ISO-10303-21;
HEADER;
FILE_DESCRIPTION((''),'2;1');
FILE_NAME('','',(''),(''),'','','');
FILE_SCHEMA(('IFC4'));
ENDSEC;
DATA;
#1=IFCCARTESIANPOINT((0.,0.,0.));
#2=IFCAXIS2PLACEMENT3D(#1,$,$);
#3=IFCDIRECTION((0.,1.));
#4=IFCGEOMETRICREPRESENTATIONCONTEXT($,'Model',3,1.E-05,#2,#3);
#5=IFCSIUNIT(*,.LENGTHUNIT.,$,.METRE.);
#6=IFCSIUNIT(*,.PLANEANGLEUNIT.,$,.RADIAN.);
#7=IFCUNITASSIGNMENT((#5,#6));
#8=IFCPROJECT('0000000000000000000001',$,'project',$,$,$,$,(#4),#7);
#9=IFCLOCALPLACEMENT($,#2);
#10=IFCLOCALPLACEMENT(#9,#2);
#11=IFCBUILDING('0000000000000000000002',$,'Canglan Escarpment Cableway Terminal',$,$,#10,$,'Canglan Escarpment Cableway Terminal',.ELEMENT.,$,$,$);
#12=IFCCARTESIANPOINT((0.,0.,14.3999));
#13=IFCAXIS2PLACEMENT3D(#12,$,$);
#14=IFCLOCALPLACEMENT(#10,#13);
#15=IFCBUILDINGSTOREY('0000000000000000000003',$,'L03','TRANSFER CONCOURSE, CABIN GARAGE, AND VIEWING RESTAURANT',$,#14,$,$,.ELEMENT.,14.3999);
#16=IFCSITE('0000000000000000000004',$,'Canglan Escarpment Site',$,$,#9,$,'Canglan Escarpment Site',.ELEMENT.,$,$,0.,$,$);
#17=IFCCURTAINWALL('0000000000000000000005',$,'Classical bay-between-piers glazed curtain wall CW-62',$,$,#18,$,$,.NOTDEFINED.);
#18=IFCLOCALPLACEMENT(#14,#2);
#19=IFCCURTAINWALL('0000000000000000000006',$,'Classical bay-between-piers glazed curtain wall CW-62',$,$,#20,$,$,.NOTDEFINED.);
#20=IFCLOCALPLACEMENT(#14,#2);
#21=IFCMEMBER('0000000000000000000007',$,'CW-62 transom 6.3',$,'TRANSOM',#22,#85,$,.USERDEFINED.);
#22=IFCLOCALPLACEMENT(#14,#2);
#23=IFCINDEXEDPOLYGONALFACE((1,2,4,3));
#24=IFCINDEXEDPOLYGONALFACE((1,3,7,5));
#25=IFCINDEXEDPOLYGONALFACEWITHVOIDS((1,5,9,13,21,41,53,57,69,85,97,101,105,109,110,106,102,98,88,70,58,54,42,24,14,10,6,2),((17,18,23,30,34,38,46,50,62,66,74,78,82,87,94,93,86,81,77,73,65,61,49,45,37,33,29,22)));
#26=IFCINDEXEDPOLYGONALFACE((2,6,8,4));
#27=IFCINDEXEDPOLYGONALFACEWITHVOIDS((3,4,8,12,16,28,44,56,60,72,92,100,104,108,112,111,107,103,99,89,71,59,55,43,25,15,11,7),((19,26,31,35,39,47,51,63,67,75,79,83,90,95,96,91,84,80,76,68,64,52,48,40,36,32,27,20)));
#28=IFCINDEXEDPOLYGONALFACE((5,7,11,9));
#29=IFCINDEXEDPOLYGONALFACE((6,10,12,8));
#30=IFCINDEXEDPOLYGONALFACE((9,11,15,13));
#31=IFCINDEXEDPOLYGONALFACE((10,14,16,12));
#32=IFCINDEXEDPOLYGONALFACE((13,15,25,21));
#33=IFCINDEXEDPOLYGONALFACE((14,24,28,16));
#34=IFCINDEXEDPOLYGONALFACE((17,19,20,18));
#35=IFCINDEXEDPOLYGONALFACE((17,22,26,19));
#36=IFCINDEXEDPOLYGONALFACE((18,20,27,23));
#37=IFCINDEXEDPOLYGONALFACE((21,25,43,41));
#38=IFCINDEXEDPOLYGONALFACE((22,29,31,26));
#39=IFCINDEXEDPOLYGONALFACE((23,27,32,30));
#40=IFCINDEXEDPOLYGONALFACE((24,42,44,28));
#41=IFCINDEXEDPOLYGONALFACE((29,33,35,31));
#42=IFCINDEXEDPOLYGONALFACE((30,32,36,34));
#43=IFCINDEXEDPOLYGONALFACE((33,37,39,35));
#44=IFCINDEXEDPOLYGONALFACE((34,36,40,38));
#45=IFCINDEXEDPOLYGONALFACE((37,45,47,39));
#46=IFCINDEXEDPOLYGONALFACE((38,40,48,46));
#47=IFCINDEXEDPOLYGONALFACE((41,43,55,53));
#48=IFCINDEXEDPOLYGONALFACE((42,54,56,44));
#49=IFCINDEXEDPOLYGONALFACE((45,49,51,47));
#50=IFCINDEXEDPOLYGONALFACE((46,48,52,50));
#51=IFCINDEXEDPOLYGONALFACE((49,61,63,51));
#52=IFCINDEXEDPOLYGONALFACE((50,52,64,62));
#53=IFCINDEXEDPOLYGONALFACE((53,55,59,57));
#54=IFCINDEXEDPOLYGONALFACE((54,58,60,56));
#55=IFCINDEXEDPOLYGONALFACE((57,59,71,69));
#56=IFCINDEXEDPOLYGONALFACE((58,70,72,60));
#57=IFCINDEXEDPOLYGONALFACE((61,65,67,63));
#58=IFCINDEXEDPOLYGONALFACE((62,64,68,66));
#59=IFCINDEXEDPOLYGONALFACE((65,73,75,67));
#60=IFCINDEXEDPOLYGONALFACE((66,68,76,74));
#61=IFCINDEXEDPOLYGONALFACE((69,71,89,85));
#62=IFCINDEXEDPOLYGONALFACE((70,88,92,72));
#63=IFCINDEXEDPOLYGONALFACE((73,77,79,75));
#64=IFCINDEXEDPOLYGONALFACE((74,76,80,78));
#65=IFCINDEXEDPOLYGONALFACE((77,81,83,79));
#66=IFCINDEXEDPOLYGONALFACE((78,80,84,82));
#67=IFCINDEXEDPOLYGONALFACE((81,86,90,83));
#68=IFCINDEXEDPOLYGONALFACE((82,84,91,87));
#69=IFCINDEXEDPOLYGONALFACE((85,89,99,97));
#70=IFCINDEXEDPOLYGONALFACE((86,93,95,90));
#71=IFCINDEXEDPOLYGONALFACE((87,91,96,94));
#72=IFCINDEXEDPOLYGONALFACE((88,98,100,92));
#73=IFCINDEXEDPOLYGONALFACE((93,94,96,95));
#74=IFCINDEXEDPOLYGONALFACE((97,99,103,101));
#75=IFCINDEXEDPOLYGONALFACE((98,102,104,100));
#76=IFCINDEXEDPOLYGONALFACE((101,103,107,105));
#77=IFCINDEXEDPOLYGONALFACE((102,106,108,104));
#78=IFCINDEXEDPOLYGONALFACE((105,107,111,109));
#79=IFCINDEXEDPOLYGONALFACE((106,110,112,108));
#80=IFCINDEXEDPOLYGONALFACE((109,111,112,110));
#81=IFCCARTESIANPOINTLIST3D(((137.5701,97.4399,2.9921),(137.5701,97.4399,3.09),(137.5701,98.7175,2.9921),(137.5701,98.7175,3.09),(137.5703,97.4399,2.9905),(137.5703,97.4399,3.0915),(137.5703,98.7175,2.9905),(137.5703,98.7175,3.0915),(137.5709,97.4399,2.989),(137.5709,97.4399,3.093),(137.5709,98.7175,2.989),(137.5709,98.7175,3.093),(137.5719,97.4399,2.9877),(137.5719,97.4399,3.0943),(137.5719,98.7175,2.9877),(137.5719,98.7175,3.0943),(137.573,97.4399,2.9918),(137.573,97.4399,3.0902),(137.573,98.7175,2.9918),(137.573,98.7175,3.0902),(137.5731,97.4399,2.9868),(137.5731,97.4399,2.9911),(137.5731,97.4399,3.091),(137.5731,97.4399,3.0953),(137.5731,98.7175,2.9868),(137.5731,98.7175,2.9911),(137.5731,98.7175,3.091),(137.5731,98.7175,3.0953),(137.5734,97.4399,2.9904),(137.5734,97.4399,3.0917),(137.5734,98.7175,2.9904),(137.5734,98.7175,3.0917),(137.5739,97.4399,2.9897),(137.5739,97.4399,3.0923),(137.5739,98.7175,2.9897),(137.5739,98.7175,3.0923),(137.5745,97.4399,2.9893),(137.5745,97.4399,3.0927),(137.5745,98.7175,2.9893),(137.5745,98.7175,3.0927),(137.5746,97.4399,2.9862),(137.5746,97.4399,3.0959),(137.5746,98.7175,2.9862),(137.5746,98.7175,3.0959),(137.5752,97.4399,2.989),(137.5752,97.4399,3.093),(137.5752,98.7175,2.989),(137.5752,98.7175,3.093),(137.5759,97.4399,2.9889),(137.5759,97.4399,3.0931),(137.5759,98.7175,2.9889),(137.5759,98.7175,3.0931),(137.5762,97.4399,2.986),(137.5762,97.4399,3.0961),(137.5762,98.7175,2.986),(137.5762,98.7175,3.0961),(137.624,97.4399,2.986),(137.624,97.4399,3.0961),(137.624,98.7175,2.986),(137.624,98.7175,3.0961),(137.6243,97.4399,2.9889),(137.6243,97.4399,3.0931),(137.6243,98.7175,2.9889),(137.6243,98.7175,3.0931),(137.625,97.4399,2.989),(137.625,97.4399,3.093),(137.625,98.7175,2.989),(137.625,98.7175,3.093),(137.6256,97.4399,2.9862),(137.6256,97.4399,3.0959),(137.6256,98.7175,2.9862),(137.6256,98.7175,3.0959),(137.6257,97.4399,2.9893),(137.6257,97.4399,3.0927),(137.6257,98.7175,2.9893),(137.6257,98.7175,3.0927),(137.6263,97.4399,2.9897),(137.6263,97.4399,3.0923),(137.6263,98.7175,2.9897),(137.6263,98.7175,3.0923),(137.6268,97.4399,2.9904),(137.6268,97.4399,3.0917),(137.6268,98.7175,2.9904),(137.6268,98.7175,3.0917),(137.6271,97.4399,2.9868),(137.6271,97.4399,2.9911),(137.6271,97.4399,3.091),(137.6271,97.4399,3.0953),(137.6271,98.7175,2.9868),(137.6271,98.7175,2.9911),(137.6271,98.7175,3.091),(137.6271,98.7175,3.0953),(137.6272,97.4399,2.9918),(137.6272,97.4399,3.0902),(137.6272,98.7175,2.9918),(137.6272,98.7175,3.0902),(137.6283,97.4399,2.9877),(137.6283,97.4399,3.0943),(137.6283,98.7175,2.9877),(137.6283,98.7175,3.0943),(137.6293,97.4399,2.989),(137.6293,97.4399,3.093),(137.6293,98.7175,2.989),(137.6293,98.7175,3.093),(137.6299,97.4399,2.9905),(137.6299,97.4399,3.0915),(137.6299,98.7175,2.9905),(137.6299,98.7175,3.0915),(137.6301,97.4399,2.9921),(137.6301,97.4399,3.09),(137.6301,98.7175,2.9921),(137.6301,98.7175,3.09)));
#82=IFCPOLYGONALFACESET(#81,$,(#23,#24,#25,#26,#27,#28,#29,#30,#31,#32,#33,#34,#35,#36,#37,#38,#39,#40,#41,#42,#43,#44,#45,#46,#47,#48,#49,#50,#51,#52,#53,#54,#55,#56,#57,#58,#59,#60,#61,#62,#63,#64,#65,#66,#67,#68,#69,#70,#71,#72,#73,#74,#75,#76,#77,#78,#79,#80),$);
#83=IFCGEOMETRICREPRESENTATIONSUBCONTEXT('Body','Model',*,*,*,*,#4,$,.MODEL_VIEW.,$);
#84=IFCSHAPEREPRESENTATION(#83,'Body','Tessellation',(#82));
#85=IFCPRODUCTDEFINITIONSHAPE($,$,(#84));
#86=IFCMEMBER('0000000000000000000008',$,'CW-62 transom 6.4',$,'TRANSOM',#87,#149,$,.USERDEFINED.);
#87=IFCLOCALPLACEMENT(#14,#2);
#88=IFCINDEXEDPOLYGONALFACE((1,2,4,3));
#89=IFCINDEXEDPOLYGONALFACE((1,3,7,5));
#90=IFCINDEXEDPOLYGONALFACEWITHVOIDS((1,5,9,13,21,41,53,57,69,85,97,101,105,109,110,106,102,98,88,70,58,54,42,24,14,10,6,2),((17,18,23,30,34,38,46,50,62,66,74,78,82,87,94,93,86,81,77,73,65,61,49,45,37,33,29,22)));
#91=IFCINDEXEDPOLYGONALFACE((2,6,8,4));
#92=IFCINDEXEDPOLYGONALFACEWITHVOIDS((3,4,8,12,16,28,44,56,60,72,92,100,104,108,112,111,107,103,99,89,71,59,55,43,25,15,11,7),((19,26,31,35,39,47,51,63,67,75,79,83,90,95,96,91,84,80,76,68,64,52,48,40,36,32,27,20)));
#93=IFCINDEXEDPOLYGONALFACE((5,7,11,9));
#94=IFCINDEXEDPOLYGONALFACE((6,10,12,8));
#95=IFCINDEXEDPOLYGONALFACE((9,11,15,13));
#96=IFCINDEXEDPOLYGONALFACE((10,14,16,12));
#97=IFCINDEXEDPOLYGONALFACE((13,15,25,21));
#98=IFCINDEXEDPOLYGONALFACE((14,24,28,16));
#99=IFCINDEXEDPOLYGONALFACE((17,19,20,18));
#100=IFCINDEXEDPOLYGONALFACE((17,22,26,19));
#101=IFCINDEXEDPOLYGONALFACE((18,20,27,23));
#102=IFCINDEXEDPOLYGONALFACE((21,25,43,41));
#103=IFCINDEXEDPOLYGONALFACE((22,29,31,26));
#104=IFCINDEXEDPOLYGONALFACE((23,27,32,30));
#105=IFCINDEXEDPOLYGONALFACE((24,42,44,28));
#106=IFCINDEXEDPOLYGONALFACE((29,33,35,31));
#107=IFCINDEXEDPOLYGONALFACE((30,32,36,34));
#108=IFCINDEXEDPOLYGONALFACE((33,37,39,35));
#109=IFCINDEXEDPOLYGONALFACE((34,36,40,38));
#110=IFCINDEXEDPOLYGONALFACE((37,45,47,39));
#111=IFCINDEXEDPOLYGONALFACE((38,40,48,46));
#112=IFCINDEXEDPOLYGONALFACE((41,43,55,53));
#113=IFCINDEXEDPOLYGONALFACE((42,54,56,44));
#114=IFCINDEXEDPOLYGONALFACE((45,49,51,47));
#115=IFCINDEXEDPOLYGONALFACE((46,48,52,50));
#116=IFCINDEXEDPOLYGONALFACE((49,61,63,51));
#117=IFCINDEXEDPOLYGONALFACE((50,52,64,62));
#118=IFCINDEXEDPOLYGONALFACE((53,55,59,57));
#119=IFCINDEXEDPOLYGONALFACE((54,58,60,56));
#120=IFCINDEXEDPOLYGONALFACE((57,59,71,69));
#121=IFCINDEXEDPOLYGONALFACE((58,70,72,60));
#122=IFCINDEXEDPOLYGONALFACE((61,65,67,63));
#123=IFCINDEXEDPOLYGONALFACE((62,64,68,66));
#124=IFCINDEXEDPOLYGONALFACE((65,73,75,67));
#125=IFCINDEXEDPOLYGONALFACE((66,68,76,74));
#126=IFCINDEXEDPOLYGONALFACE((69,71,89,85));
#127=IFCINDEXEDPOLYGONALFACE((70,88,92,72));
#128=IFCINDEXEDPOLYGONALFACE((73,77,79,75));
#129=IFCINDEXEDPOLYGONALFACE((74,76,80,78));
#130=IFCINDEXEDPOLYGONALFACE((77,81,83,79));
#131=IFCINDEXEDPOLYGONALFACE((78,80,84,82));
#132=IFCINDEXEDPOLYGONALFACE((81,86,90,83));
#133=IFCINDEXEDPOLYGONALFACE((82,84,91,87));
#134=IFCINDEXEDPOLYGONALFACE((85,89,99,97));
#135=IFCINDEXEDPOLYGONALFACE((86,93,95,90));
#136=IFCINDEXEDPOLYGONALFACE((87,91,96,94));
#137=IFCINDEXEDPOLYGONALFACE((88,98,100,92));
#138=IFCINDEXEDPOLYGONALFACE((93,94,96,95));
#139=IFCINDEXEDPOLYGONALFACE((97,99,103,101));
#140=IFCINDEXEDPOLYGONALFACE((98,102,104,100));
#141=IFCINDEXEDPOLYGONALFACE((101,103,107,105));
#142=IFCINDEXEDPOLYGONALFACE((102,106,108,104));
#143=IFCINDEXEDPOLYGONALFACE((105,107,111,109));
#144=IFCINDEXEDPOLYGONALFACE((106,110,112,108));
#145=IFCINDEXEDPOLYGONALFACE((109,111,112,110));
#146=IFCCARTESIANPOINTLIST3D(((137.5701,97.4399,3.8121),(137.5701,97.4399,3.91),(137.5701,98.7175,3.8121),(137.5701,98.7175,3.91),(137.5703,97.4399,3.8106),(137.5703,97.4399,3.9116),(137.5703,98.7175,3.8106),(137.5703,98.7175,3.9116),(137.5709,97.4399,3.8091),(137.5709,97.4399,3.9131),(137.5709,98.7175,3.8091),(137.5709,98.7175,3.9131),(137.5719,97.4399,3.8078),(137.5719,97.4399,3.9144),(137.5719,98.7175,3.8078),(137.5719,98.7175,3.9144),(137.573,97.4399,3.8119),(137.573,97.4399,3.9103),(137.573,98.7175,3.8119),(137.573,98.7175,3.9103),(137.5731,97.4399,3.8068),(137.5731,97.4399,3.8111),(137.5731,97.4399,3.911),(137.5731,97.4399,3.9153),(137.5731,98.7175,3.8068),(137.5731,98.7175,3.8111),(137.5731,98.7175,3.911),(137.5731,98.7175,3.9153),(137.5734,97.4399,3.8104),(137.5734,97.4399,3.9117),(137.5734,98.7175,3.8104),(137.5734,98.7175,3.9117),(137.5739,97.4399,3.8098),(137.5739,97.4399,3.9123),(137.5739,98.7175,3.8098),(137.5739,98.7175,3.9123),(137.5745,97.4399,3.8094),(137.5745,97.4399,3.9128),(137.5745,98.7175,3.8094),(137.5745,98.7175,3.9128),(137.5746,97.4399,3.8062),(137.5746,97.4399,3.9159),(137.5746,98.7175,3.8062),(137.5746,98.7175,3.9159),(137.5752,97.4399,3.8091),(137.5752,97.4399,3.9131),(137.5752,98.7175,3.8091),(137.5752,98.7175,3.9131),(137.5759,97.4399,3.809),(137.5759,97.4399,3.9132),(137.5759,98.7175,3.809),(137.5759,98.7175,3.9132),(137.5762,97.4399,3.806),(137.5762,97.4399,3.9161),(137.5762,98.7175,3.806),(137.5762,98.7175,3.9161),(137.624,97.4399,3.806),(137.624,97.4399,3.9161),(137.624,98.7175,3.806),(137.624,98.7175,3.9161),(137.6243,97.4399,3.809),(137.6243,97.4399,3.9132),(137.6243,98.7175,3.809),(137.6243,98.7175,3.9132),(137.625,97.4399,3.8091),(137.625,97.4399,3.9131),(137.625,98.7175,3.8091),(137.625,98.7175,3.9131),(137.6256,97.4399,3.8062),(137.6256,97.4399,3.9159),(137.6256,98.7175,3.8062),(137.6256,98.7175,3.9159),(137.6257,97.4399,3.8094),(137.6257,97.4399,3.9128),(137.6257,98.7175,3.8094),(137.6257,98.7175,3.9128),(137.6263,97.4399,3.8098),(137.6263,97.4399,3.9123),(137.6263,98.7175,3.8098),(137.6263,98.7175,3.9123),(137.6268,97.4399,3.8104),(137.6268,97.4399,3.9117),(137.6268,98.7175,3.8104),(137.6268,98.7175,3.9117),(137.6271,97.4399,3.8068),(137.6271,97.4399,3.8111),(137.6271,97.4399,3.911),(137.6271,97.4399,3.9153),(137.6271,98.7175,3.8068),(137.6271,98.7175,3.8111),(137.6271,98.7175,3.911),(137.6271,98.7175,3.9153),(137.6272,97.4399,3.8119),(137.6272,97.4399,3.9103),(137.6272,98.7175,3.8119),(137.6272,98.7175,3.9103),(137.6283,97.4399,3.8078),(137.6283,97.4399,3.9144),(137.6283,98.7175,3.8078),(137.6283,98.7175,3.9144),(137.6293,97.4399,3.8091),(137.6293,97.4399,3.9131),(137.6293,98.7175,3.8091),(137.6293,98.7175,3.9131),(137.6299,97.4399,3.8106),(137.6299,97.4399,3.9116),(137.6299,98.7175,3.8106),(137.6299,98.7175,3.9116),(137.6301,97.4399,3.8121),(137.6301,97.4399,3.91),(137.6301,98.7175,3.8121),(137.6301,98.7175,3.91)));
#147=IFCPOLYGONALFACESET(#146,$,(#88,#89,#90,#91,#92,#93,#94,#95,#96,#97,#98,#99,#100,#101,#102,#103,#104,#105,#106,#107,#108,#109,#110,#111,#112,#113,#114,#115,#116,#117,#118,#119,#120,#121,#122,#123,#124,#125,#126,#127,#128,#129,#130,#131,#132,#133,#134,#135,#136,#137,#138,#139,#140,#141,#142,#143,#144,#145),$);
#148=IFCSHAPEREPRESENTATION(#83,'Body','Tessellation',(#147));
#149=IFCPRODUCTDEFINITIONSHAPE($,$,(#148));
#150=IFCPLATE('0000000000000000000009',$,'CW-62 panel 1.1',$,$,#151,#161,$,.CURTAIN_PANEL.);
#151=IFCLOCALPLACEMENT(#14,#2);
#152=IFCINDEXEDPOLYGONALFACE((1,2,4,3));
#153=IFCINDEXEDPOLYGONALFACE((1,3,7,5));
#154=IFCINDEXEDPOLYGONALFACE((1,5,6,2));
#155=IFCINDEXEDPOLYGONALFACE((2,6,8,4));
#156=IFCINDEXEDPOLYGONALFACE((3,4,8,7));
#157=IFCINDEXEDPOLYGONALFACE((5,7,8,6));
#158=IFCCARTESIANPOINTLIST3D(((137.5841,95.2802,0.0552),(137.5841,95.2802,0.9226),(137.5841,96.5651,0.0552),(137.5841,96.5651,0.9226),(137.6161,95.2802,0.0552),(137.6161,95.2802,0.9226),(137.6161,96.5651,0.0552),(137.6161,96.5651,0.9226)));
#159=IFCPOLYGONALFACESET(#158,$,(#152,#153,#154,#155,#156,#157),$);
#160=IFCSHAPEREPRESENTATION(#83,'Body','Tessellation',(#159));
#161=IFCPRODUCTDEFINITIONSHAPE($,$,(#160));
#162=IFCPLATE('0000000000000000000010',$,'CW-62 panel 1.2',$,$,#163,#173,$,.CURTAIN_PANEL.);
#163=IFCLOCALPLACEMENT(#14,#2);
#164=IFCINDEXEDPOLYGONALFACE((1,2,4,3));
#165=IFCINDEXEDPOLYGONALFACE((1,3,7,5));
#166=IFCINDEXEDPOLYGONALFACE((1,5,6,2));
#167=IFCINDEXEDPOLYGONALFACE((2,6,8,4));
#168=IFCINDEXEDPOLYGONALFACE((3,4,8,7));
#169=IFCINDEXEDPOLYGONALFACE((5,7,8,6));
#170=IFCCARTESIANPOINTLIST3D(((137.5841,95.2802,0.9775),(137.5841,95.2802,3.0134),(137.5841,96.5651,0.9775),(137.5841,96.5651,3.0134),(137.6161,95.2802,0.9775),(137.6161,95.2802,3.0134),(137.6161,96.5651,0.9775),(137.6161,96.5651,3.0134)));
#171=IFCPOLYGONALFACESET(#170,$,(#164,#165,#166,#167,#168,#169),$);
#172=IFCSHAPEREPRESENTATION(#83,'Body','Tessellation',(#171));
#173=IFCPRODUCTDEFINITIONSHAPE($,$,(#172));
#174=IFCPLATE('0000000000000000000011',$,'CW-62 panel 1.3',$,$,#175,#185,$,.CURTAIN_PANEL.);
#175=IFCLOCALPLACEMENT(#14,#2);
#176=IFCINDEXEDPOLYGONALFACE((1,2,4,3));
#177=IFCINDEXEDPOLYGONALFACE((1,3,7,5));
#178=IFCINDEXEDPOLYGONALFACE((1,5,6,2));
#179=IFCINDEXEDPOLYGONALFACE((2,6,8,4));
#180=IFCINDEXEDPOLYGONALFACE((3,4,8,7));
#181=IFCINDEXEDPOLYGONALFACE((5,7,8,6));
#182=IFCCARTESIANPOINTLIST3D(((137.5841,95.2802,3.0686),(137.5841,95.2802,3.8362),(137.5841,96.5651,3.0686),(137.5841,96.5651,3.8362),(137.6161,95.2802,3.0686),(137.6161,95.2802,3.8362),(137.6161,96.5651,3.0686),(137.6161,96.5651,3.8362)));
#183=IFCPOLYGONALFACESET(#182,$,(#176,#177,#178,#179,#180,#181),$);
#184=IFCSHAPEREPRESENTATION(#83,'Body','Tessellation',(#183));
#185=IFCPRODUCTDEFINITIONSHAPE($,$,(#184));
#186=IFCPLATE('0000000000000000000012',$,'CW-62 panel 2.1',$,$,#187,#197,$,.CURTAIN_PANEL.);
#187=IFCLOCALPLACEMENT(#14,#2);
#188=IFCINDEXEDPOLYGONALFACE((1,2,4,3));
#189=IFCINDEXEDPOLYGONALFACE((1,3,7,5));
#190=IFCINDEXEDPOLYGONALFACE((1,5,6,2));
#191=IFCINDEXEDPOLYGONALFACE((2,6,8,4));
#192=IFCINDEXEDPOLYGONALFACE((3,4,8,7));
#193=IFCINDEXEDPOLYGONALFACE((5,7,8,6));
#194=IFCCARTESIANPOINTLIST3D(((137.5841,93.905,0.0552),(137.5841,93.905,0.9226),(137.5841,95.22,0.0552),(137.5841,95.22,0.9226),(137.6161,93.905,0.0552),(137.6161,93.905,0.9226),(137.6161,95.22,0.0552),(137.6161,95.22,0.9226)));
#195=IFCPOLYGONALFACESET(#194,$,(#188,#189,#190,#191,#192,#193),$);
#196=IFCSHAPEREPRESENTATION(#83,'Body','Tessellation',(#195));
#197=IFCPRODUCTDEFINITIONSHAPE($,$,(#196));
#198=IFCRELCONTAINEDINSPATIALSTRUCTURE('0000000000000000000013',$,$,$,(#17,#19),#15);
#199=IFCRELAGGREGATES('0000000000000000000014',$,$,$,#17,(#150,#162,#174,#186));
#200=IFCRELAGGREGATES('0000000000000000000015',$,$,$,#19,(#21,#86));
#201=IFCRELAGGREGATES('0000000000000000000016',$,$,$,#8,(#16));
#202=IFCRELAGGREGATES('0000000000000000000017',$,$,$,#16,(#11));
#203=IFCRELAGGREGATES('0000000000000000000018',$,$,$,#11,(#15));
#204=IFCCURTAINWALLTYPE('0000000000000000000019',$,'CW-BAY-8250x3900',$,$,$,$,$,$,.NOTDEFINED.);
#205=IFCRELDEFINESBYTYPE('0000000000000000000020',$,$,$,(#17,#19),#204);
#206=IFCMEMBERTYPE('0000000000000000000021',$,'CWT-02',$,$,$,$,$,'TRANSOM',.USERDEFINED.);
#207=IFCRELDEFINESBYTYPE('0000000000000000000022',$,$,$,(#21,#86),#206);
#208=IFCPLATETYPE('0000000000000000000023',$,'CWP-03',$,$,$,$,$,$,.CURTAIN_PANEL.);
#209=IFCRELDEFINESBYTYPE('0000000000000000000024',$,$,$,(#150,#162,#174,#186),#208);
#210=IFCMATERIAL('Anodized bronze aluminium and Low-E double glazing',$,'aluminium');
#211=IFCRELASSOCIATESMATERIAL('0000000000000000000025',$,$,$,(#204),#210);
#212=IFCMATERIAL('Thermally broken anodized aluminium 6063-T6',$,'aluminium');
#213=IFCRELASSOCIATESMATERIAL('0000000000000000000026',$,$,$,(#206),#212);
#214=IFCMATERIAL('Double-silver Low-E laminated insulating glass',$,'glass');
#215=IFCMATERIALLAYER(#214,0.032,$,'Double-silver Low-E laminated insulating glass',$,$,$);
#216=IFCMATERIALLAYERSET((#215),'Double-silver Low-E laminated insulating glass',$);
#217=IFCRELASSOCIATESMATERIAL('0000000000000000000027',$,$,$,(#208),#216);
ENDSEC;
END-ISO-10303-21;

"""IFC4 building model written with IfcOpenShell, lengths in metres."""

from ifc_helpers import new_model, si_unit, direction, frame, origin, origin_2d, place, context, subcontext, project, spatial, rectangle, hollow_rectangle, extrude, material, layer, layer_set, material_profile, profile_set, type_object, element, aggregate, save


model = new_model("IFC4")

# Units and contexts
model_context = context("Model", 3, precision=1e-05, world=origin(), true_north=direction((0.0, 1.0)))
body_context = subcontext(model_context, "Body", "Model", "MODEL_VIEW")
ifc_project = project(units=[si_unit("LENGTHUNIT", "METRE"), si_unit("PLANEANGLEUNIT", "RADIAN")], contexts=[model_context])

# Site, building, storey
site_placement = place(None, origin())
site = spatial("IfcSite", under=ifc_project, at=site_placement, Name="Canglan Escarpment Site", LongName="Canglan Escarpment Site", CompositionType="ELEMENT", RefElevation=0.0)
building_placement = place(site_placement, origin())
building = spatial("IfcBuilding", under=site, at=building_placement, Name="Canglan Escarpment Cableway Terminal", LongName="Canglan Escarpment Cableway Terminal", CompositionType="ELEMENT")
storey_placement = place(building_placement, frame((0.0, 0.0, 14.3999)))
storey = spatial("IfcBuildingStorey", under=building, at=storey_placement, Name="L03", Description="TRANSFER CONCOURSE, CABIN GARAGE, AND VIEWING RESTAURANT", CompositionType="ELEMENT", Elevation=14.3999)

# Curtain wall
ifc_material_1 = material(Name="Anodized bronze aluminium and Low-E double glazing", Category="aluminium")
curtain_wall_type = type_object("IfcCurtainWallType", Name="CW-BAY-8250x3900", PredefinedType="NOTDEFINED", material=ifc_material_1)
curtain_wall_1_placement = place(storey_placement, origin())
curtain_wall_1 = element("IfcCurtainWall", 1, at=curtain_wall_1_placement, inside=storey, type_object=curtain_wall_type, Name="Classical bay-between-piers glazed curtain wall CW-62", PredefinedType="NOTDEFINED")
ifc_material_2 = material(Name="Thermally broken anodized aluminium 6063-T6", Category="aluminium")

# Curtain wall
curtain_wall_2_placement = place(storey_placement, origin())
curtain_wall_2 = element("IfcCurtainWall", 2, at=curtain_wall_2_placement, inside=storey, type_object=curtain_wall_type, Name="Classical bay-between-piers glazed curtain wall CW-62", PredefinedType="NOTDEFINED")

# Members
ifc_material_profile_1 = material_profile(ifc_material_2, hollow_rectangle(XDim=0.0601, YDim=0.1101, WallThickness=0.0029, InnerFilletRadius=0.0029, OuterFilletRadius=0.0061, at=origin_2d()), Name="ALU-TRAN 60x110x3")
ifc_profile_set_1 = profile_set([ifc_material_profile_1], Name="Thermally broken anodized aluminium 6063-T6")
member_type_1 = type_object("IfcMemberType", Name="CWT-02", ElementType="TRANSOM", PredefinedType="USERDEFINED", material=ifc_profile_set_1)
member_1_placement = place(storey_placement, frame((137.6001, 98.7175, 3.041), z_axis=(0.0, -1.0, 0.0), x_axis=(1.0, 0.0, 0.0)))
member_1 = element("IfcMember", 3, at=member_1_placement, type_object=member_type_1, Name="CW-62 transom 6.3", ObjectType="TRANSOM", PredefinedType="USERDEFINED", context=body_context, shape_type="SweptSolid", body=[
    extrude(hollow_rectangle(XDim=0.0601, YDim=0.1101, WallThickness=0.0029, InnerFilletRadius=0.0029, OuterFilletRadius=0.0061, at=origin_2d()), origin(), (0.0, 0.0, 1.0), 1.2776),
])
member_2_placement = place(storey_placement, frame((137.6001, 98.7175, 3.8611), z_axis=(0.0, -1.0, 0.0), x_axis=(1.0, 0.0, 0.0)))
member_2 = element("IfcMember", 4, at=member_2_placement, type_object=member_type_1, Name="CW-62 transom 6.4", ObjectType="TRANSOM", PredefinedType="USERDEFINED", context=body_context, shape_type="SweptSolid", body=[
    extrude(hollow_rectangle(XDim=0.0601, YDim=0.1101, WallThickness=0.0029, InnerFilletRadius=0.0029, OuterFilletRadius=0.0061, at=origin_2d()), origin(), (0.0, 0.0, 1.0), 1.2776),
])

# Plates
ifc_material_3 = material(Name="Double-silver Low-E laminated insulating glass", Category="glass")
ifc_layer_1 = layer(ifc_material_3, 0.032, Name="Double-silver Low-E laminated insulating glass")
ifc_layer_set_1 = layer_set([ifc_layer_1], Name="Double-silver Low-E laminated insulating glass")
plate_type_1 = type_object("IfcPlateType", Name="CWP-03", PredefinedType="CURTAIN_PANEL", material=ifc_layer_set_1)
plate_1_placement = place(storey_placement, frame((137.6001, 95.9226, 0.0552), z_axis=(0.0, 0.0, 1.0), x_axis=(0.0, -1.0, 0.0)))
plate_1 = element("IfcPlate", 5, at=plate_1_placement, type_object=plate_type_1, Name="CW-62 panel 1.1", PredefinedType="CURTAIN_PANEL", context=body_context, shape_type="SweptSolid", body=[
    extrude(rectangle(XDim=1.2849, YDim=0.032, at=origin_2d()), origin(), (0.0, 0.0, 1.0), 0.8674),
])
plate_2_placement = place(storey_placement, frame((137.6001, 95.9226, 0.9775), z_axis=(0.0, 0.0, 1.0), x_axis=(0.0, -1.0, 0.0)))
plate_2 = element("IfcPlate", 6, at=plate_2_placement, type_object=plate_type_1, Name="CW-62 panel 1.2", PredefinedType="CURTAIN_PANEL", context=body_context, shape_type="SweptSolid", body=[
    extrude(rectangle(XDim=1.2849, YDim=0.032, at=origin_2d()), origin(), (0.0, 0.0, 1.0), 2.0359),
])
plate_3_placement = place(storey_placement, frame((137.6001, 95.9226, 3.0686), z_axis=(0.0, 0.0, 1.0), x_axis=(0.0, -1.0, 0.0)))
plate_3 = element("IfcPlate", 7, at=plate_3_placement, type_object=plate_type_1, Name="CW-62 panel 1.3", PredefinedType="CURTAIN_PANEL", context=body_context, shape_type="SweptSolid", body=[
    extrude(rectangle(XDim=1.2849, YDim=0.032, at=origin_2d()), origin(), (0.0, 0.0, 1.0), 0.7676),
])
plate_4_placement = place(storey_placement, frame((137.6001, 94.5625, 0.0552), z_axis=(0.0, 0.0, 1.0), x_axis=(0.0, -1.0, 0.0)))
plate_4 = element("IfcPlate", 8, at=plate_4_placement, type_object=plate_type_1, Name="CW-62 panel 2.1", PredefinedType="CURTAIN_PANEL", context=body_context, shape_type="SweptSolid", body=[
    extrude(rectangle(XDim=1.3149, YDim=0.032, at=origin_2d()), origin(), (0.0, 0.0, 1.0), 0.8674),
])
aggregate(curtain_wall_1, [plate_1, plate_2, plate_3, plate_4])
aggregate(curtain_wall_2, [member_1, member_2])

save(model, "model.ifc")
